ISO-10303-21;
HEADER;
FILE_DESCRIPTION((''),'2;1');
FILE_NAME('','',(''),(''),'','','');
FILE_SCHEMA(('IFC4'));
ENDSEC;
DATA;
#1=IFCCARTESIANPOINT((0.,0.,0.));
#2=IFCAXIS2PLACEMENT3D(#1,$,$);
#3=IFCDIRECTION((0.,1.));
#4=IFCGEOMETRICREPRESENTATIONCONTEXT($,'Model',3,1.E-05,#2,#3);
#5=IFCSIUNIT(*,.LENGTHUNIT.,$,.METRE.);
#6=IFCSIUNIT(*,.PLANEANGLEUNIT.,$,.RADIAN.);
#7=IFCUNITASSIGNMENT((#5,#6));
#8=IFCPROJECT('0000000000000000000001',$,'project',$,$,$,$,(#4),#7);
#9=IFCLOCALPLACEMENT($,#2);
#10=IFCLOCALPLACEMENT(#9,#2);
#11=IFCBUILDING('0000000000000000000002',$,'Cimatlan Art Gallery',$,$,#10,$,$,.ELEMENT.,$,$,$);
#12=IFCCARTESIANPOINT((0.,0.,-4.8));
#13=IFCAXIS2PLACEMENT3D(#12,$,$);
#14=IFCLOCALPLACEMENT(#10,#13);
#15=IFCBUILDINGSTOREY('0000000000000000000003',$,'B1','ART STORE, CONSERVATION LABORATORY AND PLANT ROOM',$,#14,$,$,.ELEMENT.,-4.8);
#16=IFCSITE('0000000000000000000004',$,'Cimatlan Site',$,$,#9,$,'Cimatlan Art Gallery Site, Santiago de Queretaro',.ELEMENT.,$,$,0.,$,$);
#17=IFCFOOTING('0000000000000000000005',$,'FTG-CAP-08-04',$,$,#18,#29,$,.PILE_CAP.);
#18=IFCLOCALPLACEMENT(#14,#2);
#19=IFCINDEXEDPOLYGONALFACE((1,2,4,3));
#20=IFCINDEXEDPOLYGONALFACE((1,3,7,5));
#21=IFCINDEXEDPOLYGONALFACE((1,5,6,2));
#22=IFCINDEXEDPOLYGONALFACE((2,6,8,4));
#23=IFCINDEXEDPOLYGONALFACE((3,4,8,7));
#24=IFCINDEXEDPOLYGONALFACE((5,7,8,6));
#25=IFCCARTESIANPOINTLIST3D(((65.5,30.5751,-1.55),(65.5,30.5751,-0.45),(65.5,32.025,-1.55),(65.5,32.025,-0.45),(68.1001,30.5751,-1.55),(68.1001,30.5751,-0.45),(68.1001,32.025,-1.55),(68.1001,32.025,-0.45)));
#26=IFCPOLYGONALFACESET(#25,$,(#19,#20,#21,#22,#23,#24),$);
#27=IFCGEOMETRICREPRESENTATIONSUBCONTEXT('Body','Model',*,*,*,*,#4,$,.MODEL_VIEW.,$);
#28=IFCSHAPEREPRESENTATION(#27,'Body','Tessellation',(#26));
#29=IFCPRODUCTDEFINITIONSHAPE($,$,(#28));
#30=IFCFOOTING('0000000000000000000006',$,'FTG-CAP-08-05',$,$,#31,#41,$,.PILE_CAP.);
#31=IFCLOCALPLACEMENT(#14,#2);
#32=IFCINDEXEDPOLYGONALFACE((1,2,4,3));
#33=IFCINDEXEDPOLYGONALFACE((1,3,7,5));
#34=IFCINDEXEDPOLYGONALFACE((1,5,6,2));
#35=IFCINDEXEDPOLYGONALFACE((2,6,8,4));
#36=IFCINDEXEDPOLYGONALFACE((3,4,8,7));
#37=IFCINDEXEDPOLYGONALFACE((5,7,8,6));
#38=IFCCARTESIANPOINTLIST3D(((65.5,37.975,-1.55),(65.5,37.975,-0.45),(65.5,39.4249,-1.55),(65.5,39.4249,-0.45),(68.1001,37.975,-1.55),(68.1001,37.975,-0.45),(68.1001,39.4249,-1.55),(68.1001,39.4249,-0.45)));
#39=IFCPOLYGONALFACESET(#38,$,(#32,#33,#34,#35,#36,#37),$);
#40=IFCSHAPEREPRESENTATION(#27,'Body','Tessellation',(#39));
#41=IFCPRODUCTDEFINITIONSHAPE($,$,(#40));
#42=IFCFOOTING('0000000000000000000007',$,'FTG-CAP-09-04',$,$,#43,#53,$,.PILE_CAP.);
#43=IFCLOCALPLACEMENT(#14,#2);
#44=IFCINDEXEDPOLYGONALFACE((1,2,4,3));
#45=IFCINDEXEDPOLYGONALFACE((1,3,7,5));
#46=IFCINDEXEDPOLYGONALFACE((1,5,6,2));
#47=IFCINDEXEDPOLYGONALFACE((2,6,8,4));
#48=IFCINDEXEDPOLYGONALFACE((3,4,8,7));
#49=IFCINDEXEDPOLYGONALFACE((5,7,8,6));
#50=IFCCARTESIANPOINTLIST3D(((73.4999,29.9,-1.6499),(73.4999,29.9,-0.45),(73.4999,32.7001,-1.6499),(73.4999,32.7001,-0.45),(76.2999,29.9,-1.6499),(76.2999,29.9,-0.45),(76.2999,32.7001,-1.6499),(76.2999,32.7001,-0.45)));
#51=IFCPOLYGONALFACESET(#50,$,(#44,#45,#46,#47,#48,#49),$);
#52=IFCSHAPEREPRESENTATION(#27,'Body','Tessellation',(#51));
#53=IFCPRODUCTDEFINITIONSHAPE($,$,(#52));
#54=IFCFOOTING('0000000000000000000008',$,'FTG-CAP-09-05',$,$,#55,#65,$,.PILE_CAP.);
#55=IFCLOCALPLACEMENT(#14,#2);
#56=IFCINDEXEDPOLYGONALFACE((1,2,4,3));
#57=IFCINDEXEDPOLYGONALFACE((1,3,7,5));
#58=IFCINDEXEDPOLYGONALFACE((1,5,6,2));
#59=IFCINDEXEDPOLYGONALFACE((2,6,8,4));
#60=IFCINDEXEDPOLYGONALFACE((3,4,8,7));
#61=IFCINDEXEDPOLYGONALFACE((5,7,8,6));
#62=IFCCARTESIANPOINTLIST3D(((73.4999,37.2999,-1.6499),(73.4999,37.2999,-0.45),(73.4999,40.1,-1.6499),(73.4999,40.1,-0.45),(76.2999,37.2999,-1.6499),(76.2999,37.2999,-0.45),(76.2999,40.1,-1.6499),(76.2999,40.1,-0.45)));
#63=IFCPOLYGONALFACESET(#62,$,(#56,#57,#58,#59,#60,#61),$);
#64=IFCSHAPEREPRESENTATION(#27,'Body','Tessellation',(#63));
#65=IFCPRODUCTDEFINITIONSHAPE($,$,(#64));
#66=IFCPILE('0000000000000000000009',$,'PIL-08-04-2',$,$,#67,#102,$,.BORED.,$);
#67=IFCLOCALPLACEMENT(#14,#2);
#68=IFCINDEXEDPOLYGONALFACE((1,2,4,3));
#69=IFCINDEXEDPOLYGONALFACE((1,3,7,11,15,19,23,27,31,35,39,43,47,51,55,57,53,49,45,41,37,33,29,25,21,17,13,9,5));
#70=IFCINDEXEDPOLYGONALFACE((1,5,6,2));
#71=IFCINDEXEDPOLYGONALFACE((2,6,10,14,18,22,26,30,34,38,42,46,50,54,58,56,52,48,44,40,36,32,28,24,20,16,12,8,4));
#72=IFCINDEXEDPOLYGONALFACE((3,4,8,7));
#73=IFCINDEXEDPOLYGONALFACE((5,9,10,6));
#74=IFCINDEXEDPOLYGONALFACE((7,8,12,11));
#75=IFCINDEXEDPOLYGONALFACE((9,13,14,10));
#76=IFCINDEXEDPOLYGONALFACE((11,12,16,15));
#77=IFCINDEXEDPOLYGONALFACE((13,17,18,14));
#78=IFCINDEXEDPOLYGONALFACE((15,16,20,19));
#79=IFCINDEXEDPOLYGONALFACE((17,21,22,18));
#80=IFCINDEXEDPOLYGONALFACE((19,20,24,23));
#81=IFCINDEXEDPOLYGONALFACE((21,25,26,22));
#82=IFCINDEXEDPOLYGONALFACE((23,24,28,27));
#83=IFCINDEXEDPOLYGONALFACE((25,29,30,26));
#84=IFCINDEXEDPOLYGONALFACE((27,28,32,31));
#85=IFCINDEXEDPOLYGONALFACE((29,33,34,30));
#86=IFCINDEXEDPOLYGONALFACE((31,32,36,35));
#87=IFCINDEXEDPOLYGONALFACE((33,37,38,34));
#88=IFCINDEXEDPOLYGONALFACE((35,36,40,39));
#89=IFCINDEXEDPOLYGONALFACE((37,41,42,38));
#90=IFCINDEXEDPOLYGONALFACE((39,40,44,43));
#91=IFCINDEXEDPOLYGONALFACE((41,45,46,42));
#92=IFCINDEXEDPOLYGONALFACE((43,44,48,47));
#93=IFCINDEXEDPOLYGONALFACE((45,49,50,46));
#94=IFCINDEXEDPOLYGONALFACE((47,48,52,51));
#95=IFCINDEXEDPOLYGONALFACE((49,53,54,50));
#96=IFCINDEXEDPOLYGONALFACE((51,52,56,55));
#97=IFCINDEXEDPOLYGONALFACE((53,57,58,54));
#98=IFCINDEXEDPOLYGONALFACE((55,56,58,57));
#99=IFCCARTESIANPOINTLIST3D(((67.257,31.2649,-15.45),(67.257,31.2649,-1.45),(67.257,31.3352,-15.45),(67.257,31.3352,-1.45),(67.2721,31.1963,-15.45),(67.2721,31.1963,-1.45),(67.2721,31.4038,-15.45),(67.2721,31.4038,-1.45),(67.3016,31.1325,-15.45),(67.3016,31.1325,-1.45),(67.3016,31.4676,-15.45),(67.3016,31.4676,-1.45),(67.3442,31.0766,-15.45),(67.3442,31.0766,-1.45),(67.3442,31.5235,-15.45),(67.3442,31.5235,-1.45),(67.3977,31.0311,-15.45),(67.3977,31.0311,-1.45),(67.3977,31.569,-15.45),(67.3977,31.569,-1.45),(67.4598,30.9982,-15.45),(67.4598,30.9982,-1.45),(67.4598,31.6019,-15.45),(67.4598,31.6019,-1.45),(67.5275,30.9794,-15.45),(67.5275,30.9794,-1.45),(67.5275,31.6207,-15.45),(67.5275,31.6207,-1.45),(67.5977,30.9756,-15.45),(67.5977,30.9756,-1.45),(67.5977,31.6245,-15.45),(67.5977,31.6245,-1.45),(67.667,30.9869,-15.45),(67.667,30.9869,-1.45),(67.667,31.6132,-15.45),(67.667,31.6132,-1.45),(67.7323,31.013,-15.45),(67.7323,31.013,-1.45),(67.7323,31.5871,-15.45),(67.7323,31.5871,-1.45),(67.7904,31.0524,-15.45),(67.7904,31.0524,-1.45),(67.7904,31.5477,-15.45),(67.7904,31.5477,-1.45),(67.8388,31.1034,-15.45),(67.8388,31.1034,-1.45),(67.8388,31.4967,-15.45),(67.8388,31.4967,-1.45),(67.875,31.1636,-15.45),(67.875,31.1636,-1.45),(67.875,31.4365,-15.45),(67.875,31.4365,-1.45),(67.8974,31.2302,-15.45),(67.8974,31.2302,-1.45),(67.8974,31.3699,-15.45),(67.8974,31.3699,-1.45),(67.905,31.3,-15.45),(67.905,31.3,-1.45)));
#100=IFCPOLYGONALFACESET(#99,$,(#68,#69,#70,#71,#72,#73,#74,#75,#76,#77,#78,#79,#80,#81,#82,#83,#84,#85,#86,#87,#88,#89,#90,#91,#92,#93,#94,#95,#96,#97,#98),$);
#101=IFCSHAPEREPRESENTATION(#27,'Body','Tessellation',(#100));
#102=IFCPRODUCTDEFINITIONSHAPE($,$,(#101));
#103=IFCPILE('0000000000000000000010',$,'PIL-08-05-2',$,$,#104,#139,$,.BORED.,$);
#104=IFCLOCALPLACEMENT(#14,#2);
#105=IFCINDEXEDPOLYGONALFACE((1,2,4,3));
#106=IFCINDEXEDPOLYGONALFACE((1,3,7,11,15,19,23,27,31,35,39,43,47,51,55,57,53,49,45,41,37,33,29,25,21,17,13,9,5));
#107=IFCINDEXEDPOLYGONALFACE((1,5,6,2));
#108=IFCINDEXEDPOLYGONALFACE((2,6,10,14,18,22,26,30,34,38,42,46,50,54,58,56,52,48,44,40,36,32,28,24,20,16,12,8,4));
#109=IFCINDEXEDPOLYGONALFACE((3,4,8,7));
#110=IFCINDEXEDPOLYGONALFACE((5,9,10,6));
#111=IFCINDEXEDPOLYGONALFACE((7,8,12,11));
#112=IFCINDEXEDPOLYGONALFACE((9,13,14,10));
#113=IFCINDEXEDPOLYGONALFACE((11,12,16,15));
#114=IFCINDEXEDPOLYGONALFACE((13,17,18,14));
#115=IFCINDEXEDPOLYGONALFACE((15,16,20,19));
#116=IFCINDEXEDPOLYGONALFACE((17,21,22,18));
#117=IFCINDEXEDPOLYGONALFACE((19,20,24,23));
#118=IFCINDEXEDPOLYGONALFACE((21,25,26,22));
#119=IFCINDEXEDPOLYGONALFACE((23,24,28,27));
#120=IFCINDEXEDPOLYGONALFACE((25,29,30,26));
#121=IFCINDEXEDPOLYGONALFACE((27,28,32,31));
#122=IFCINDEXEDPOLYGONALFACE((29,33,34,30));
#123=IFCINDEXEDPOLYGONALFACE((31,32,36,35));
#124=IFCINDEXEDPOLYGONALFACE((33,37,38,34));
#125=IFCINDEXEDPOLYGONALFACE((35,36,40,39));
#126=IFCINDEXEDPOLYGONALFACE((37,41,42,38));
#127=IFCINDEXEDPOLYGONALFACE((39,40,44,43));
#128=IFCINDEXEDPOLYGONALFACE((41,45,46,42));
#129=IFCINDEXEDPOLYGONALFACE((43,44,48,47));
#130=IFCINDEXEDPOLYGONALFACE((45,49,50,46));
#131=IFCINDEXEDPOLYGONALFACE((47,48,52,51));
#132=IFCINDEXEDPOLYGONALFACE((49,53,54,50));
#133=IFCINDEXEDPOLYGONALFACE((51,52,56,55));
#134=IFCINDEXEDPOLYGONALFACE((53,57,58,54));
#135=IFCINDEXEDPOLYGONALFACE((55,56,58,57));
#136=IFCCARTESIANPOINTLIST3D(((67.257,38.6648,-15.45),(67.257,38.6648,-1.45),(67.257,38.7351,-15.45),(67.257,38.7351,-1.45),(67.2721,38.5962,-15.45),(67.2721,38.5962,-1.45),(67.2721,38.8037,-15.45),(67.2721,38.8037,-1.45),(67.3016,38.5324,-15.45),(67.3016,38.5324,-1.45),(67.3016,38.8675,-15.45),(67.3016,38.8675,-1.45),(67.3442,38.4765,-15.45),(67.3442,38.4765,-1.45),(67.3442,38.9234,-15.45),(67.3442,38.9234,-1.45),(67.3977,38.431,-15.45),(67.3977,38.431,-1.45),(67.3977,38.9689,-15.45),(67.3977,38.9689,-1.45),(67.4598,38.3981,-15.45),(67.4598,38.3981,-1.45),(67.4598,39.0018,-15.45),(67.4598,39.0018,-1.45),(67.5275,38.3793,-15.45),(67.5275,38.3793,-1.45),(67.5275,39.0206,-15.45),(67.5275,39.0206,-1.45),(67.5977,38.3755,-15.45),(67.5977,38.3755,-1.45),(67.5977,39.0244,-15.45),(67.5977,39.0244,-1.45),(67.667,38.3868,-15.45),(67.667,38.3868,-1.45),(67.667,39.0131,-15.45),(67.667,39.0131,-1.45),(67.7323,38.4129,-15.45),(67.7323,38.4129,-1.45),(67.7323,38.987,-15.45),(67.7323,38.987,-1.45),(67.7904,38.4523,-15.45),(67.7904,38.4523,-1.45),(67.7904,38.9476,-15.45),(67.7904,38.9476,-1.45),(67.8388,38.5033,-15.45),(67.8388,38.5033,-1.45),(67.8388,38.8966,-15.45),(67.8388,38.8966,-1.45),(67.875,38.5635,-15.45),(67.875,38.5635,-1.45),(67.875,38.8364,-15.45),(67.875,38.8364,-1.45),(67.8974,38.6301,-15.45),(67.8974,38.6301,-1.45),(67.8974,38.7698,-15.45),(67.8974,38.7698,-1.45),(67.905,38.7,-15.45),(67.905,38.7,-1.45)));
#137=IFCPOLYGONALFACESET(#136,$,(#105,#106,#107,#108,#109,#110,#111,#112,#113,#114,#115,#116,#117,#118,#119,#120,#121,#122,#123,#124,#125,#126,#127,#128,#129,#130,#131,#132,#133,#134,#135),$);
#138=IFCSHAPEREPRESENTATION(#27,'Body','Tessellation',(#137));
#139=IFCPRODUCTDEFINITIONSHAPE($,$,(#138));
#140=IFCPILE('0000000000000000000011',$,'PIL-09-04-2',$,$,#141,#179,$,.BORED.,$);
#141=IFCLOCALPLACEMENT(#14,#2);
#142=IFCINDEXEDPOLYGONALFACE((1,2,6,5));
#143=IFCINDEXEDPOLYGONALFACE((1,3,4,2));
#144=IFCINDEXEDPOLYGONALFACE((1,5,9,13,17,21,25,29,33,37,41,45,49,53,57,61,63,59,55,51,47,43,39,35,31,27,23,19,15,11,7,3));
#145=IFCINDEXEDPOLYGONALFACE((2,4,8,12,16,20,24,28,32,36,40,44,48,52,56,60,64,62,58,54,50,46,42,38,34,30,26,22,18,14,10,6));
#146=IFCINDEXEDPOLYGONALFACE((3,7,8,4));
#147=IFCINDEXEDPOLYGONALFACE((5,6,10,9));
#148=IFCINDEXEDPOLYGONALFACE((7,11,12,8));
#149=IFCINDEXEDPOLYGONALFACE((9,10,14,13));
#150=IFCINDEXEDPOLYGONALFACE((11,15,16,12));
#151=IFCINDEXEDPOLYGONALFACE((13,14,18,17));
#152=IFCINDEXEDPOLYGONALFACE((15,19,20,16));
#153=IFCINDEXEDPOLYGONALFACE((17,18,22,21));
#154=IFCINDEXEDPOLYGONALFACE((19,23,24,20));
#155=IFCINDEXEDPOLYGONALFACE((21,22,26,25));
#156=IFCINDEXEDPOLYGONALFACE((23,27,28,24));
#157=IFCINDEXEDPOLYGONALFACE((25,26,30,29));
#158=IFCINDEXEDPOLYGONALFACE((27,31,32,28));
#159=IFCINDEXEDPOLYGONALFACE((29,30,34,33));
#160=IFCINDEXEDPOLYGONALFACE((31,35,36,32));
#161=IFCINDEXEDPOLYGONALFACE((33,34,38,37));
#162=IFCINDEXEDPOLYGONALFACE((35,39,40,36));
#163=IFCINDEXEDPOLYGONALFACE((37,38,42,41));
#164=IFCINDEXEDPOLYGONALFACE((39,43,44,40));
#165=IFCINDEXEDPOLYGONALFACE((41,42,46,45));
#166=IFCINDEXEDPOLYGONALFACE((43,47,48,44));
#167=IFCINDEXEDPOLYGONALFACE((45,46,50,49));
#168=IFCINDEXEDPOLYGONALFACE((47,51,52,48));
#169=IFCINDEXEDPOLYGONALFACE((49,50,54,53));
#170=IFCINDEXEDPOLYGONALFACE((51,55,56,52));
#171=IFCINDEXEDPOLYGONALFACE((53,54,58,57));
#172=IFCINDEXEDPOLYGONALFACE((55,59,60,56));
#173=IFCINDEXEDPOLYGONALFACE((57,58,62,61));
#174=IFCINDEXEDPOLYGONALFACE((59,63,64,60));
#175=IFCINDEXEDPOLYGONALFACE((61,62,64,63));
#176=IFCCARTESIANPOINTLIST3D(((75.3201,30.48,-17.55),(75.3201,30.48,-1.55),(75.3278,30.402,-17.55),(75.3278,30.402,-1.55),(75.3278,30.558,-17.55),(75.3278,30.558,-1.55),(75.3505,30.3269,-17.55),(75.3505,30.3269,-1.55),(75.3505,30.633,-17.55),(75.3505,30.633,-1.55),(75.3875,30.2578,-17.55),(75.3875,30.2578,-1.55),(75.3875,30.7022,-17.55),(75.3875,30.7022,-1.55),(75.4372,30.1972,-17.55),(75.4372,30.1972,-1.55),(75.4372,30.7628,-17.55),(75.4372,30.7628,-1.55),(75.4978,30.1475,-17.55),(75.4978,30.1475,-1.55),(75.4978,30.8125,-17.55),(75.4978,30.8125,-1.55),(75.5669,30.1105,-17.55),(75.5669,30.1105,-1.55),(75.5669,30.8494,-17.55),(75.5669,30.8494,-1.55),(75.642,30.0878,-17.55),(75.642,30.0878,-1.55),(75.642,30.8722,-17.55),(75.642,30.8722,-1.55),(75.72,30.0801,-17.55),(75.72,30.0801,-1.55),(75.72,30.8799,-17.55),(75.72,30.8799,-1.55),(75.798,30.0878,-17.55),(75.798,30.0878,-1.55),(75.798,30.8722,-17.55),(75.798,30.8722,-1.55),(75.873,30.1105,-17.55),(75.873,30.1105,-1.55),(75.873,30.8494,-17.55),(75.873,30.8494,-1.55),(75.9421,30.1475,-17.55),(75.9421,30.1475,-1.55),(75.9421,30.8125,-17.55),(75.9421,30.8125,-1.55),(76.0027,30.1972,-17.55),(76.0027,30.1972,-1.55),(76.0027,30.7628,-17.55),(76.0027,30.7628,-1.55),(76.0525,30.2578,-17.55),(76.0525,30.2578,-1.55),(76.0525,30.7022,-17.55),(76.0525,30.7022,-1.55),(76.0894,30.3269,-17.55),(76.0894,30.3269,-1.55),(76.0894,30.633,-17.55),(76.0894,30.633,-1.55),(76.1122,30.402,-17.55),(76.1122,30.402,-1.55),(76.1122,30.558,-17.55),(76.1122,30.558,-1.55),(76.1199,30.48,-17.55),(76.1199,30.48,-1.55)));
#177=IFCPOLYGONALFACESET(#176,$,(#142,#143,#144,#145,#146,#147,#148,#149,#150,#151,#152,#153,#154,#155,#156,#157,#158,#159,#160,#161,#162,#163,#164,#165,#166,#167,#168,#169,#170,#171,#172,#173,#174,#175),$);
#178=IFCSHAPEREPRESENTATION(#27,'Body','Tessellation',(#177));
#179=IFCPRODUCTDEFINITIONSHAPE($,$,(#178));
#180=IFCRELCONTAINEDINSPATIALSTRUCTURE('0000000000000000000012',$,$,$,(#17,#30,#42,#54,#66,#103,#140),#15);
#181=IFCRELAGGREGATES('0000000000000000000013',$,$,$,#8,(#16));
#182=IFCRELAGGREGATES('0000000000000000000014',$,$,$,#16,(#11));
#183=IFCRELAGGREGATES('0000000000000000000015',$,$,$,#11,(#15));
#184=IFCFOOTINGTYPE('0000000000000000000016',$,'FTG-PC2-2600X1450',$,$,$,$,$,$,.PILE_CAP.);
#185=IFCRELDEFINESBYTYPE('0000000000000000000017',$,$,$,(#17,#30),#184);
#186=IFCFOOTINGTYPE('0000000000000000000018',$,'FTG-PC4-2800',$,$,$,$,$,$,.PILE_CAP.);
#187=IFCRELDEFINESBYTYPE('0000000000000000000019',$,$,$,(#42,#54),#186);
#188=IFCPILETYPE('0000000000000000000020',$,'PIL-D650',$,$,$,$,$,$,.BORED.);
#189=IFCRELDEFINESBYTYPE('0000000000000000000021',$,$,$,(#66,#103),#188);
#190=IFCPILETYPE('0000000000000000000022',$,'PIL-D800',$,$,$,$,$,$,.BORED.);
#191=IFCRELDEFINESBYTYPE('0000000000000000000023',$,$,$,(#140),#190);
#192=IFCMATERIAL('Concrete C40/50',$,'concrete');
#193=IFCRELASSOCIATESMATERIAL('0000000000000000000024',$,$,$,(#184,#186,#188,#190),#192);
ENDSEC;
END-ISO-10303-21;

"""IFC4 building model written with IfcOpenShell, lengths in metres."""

from ifc_helpers import new_model, si_unit, direction, frame, origin, origin_2d, place, context, subcontext, project, spatial, rectangle, circle, extrude, material, type_object, element, save


model = new_model("IFC4")

# Units and contexts
model_context = context("Model", 3, precision=1e-05, world=origin(), true_north=direction((0.0, 1.0)))
body_context = subcontext(model_context, "Body", "Model", "MODEL_VIEW")
ifc_project = project(units=[si_unit("LENGTHUNIT", "METRE"), si_unit("PLANEANGLEUNIT", "RADIAN")], contexts=[model_context])

# Site, building, storey
site_placement = place(None, origin())
site = spatial("IfcSite", under=ifc_project, at=site_placement, Name="Cimatlan Site", LongName="Cimatlan Art Gallery Site, Santiago de Queretaro", CompositionType="ELEMENT", RefElevation=0.0)
building_placement = place(site_placement, origin())
building = spatial("IfcBuilding", under=site, at=building_placement, Name="Cimatlan Art Gallery", CompositionType="ELEMENT")
storey_placement = place(building_placement, frame((0.0, 0.0, -4.8)))
storey = spatial("IfcBuildingStorey", under=building, at=storey_placement, Name="B1", Description="ART STORE, CONSERVATION LABORATORY AND PLANT ROOM", CompositionType="ELEMENT", Elevation=-4.8)

# Footings
ifc_material_1 = material(Name="Concrete C40/50", Category="concrete")
footing_type_1 = type_object("IfcFootingType", Name="FTG-PC2-2600X1450", PredefinedType="PILE_CAP", material=ifc_material_1)
for number, where, z_axis, x_axis, name in (
    (1, (66.8, 31.3, -1.55), (0.0, 0.0, 1.0), (1.0, 0.0, 0.0), "FTG-CAP-08-04"),
    (2, (66.8, 38.7, -1.55), (0.0, 0.0, 1.0), (1.0, 0.0, 0.0), "FTG-CAP-08-05"),
):
    element("IfcFooting", number, at=place(storey_placement, frame(where, z_axis=z_axis, x_axis=x_axis)), inside=storey, type_object=footing_type_1, Name=name, PredefinedType="PILE_CAP", context=body_context, shape_type="SweptSolid", body=[
        extrude(rectangle(XDim=2.6001, YDim=1.45, at=origin_2d()), origin(), (0.0, 0.0, 1.0), 1.1001),
    ])
footing_type_2 = type_object("IfcFootingType", Name="FTG-PC4-2800", PredefinedType="PILE_CAP", material=ifc_material_1)
for number, where, z_axis, x_axis, name in (
    (3, (74.8999, 31.3, -1.6499), (0.0, 0.0, 1.0), (1.0, 0.0, 0.0), "FTG-CAP-09-04"),
    (4, (74.8999, 38.7, -1.6499), (0.0, 0.0, 1.0), (1.0, 0.0, 0.0), "FTG-CAP-09-05"),
):
    element("IfcFooting", number, at=place(storey_placement, frame(where, z_axis=z_axis, x_axis=x_axis)), inside=storey, type_object=footing_type_2, Name=name, PredefinedType="PILE_CAP", context=body_context, shape_type="SweptSolid", body=[
        extrude(rectangle(XDim=2.8, YDim=2.8, at=origin_2d()), origin(), (0.0, 0.0, 1.0), 1.2),
    ])

# Piles
pile_type_1 = type_object("IfcPileType", Name="PIL-D650", PredefinedType="BORED", material=ifc_material_1)
for number, where, z_axis, x_axis, name in (
    (5, (67.5801, 31.3, -1.45), (0.0, 0.0, -1.0), (1.0, 0.0, 0.0), "PIL-08-04-2"),
    (6, (67.5801, 38.7, -1.45), (0.0, 0.0, -1.0), (1.0, 0.0, 0.0), "PIL-08-05-2"),
):
    element("IfcPile", number, at=place(storey_placement, frame(where, z_axis=z_axis, x_axis=x_axis)), inside=storey, type_object=pile_type_1, Name=name, PredefinedType="BORED", context=body_context, shape_type="SweptSolid", body=[
        extrude(circle(Radius=0.325, at=origin_2d()), origin(), (0.0, 0.0, 1.0), 14.0),
    ])
pile_type_2 = type_object("IfcPileType", Name="PIL-D800", PredefinedType="BORED", material=ifc_material_1)
for number, where, z_axis, x_axis, name in (
    (7, (75.72, 30.48, -1.55), (0.0, 0.0, -1.0), (1.0, 0.0, 0.0), "PIL-09-04-2"),
):
    element("IfcPile", number, at=place(storey_placement, frame(where, z_axis=z_axis, x_axis=x_axis)), inside=storey, type_object=pile_type_2, Name=name, PredefinedType="BORED", context=body_context, shape_type="SweptSolid", body=[
        extrude(circle(Radius=0.3999, at=origin_2d()), origin(), (0.0, 0.0, 1.0), 16.0),
    ])

save(model, "model.ifc")
